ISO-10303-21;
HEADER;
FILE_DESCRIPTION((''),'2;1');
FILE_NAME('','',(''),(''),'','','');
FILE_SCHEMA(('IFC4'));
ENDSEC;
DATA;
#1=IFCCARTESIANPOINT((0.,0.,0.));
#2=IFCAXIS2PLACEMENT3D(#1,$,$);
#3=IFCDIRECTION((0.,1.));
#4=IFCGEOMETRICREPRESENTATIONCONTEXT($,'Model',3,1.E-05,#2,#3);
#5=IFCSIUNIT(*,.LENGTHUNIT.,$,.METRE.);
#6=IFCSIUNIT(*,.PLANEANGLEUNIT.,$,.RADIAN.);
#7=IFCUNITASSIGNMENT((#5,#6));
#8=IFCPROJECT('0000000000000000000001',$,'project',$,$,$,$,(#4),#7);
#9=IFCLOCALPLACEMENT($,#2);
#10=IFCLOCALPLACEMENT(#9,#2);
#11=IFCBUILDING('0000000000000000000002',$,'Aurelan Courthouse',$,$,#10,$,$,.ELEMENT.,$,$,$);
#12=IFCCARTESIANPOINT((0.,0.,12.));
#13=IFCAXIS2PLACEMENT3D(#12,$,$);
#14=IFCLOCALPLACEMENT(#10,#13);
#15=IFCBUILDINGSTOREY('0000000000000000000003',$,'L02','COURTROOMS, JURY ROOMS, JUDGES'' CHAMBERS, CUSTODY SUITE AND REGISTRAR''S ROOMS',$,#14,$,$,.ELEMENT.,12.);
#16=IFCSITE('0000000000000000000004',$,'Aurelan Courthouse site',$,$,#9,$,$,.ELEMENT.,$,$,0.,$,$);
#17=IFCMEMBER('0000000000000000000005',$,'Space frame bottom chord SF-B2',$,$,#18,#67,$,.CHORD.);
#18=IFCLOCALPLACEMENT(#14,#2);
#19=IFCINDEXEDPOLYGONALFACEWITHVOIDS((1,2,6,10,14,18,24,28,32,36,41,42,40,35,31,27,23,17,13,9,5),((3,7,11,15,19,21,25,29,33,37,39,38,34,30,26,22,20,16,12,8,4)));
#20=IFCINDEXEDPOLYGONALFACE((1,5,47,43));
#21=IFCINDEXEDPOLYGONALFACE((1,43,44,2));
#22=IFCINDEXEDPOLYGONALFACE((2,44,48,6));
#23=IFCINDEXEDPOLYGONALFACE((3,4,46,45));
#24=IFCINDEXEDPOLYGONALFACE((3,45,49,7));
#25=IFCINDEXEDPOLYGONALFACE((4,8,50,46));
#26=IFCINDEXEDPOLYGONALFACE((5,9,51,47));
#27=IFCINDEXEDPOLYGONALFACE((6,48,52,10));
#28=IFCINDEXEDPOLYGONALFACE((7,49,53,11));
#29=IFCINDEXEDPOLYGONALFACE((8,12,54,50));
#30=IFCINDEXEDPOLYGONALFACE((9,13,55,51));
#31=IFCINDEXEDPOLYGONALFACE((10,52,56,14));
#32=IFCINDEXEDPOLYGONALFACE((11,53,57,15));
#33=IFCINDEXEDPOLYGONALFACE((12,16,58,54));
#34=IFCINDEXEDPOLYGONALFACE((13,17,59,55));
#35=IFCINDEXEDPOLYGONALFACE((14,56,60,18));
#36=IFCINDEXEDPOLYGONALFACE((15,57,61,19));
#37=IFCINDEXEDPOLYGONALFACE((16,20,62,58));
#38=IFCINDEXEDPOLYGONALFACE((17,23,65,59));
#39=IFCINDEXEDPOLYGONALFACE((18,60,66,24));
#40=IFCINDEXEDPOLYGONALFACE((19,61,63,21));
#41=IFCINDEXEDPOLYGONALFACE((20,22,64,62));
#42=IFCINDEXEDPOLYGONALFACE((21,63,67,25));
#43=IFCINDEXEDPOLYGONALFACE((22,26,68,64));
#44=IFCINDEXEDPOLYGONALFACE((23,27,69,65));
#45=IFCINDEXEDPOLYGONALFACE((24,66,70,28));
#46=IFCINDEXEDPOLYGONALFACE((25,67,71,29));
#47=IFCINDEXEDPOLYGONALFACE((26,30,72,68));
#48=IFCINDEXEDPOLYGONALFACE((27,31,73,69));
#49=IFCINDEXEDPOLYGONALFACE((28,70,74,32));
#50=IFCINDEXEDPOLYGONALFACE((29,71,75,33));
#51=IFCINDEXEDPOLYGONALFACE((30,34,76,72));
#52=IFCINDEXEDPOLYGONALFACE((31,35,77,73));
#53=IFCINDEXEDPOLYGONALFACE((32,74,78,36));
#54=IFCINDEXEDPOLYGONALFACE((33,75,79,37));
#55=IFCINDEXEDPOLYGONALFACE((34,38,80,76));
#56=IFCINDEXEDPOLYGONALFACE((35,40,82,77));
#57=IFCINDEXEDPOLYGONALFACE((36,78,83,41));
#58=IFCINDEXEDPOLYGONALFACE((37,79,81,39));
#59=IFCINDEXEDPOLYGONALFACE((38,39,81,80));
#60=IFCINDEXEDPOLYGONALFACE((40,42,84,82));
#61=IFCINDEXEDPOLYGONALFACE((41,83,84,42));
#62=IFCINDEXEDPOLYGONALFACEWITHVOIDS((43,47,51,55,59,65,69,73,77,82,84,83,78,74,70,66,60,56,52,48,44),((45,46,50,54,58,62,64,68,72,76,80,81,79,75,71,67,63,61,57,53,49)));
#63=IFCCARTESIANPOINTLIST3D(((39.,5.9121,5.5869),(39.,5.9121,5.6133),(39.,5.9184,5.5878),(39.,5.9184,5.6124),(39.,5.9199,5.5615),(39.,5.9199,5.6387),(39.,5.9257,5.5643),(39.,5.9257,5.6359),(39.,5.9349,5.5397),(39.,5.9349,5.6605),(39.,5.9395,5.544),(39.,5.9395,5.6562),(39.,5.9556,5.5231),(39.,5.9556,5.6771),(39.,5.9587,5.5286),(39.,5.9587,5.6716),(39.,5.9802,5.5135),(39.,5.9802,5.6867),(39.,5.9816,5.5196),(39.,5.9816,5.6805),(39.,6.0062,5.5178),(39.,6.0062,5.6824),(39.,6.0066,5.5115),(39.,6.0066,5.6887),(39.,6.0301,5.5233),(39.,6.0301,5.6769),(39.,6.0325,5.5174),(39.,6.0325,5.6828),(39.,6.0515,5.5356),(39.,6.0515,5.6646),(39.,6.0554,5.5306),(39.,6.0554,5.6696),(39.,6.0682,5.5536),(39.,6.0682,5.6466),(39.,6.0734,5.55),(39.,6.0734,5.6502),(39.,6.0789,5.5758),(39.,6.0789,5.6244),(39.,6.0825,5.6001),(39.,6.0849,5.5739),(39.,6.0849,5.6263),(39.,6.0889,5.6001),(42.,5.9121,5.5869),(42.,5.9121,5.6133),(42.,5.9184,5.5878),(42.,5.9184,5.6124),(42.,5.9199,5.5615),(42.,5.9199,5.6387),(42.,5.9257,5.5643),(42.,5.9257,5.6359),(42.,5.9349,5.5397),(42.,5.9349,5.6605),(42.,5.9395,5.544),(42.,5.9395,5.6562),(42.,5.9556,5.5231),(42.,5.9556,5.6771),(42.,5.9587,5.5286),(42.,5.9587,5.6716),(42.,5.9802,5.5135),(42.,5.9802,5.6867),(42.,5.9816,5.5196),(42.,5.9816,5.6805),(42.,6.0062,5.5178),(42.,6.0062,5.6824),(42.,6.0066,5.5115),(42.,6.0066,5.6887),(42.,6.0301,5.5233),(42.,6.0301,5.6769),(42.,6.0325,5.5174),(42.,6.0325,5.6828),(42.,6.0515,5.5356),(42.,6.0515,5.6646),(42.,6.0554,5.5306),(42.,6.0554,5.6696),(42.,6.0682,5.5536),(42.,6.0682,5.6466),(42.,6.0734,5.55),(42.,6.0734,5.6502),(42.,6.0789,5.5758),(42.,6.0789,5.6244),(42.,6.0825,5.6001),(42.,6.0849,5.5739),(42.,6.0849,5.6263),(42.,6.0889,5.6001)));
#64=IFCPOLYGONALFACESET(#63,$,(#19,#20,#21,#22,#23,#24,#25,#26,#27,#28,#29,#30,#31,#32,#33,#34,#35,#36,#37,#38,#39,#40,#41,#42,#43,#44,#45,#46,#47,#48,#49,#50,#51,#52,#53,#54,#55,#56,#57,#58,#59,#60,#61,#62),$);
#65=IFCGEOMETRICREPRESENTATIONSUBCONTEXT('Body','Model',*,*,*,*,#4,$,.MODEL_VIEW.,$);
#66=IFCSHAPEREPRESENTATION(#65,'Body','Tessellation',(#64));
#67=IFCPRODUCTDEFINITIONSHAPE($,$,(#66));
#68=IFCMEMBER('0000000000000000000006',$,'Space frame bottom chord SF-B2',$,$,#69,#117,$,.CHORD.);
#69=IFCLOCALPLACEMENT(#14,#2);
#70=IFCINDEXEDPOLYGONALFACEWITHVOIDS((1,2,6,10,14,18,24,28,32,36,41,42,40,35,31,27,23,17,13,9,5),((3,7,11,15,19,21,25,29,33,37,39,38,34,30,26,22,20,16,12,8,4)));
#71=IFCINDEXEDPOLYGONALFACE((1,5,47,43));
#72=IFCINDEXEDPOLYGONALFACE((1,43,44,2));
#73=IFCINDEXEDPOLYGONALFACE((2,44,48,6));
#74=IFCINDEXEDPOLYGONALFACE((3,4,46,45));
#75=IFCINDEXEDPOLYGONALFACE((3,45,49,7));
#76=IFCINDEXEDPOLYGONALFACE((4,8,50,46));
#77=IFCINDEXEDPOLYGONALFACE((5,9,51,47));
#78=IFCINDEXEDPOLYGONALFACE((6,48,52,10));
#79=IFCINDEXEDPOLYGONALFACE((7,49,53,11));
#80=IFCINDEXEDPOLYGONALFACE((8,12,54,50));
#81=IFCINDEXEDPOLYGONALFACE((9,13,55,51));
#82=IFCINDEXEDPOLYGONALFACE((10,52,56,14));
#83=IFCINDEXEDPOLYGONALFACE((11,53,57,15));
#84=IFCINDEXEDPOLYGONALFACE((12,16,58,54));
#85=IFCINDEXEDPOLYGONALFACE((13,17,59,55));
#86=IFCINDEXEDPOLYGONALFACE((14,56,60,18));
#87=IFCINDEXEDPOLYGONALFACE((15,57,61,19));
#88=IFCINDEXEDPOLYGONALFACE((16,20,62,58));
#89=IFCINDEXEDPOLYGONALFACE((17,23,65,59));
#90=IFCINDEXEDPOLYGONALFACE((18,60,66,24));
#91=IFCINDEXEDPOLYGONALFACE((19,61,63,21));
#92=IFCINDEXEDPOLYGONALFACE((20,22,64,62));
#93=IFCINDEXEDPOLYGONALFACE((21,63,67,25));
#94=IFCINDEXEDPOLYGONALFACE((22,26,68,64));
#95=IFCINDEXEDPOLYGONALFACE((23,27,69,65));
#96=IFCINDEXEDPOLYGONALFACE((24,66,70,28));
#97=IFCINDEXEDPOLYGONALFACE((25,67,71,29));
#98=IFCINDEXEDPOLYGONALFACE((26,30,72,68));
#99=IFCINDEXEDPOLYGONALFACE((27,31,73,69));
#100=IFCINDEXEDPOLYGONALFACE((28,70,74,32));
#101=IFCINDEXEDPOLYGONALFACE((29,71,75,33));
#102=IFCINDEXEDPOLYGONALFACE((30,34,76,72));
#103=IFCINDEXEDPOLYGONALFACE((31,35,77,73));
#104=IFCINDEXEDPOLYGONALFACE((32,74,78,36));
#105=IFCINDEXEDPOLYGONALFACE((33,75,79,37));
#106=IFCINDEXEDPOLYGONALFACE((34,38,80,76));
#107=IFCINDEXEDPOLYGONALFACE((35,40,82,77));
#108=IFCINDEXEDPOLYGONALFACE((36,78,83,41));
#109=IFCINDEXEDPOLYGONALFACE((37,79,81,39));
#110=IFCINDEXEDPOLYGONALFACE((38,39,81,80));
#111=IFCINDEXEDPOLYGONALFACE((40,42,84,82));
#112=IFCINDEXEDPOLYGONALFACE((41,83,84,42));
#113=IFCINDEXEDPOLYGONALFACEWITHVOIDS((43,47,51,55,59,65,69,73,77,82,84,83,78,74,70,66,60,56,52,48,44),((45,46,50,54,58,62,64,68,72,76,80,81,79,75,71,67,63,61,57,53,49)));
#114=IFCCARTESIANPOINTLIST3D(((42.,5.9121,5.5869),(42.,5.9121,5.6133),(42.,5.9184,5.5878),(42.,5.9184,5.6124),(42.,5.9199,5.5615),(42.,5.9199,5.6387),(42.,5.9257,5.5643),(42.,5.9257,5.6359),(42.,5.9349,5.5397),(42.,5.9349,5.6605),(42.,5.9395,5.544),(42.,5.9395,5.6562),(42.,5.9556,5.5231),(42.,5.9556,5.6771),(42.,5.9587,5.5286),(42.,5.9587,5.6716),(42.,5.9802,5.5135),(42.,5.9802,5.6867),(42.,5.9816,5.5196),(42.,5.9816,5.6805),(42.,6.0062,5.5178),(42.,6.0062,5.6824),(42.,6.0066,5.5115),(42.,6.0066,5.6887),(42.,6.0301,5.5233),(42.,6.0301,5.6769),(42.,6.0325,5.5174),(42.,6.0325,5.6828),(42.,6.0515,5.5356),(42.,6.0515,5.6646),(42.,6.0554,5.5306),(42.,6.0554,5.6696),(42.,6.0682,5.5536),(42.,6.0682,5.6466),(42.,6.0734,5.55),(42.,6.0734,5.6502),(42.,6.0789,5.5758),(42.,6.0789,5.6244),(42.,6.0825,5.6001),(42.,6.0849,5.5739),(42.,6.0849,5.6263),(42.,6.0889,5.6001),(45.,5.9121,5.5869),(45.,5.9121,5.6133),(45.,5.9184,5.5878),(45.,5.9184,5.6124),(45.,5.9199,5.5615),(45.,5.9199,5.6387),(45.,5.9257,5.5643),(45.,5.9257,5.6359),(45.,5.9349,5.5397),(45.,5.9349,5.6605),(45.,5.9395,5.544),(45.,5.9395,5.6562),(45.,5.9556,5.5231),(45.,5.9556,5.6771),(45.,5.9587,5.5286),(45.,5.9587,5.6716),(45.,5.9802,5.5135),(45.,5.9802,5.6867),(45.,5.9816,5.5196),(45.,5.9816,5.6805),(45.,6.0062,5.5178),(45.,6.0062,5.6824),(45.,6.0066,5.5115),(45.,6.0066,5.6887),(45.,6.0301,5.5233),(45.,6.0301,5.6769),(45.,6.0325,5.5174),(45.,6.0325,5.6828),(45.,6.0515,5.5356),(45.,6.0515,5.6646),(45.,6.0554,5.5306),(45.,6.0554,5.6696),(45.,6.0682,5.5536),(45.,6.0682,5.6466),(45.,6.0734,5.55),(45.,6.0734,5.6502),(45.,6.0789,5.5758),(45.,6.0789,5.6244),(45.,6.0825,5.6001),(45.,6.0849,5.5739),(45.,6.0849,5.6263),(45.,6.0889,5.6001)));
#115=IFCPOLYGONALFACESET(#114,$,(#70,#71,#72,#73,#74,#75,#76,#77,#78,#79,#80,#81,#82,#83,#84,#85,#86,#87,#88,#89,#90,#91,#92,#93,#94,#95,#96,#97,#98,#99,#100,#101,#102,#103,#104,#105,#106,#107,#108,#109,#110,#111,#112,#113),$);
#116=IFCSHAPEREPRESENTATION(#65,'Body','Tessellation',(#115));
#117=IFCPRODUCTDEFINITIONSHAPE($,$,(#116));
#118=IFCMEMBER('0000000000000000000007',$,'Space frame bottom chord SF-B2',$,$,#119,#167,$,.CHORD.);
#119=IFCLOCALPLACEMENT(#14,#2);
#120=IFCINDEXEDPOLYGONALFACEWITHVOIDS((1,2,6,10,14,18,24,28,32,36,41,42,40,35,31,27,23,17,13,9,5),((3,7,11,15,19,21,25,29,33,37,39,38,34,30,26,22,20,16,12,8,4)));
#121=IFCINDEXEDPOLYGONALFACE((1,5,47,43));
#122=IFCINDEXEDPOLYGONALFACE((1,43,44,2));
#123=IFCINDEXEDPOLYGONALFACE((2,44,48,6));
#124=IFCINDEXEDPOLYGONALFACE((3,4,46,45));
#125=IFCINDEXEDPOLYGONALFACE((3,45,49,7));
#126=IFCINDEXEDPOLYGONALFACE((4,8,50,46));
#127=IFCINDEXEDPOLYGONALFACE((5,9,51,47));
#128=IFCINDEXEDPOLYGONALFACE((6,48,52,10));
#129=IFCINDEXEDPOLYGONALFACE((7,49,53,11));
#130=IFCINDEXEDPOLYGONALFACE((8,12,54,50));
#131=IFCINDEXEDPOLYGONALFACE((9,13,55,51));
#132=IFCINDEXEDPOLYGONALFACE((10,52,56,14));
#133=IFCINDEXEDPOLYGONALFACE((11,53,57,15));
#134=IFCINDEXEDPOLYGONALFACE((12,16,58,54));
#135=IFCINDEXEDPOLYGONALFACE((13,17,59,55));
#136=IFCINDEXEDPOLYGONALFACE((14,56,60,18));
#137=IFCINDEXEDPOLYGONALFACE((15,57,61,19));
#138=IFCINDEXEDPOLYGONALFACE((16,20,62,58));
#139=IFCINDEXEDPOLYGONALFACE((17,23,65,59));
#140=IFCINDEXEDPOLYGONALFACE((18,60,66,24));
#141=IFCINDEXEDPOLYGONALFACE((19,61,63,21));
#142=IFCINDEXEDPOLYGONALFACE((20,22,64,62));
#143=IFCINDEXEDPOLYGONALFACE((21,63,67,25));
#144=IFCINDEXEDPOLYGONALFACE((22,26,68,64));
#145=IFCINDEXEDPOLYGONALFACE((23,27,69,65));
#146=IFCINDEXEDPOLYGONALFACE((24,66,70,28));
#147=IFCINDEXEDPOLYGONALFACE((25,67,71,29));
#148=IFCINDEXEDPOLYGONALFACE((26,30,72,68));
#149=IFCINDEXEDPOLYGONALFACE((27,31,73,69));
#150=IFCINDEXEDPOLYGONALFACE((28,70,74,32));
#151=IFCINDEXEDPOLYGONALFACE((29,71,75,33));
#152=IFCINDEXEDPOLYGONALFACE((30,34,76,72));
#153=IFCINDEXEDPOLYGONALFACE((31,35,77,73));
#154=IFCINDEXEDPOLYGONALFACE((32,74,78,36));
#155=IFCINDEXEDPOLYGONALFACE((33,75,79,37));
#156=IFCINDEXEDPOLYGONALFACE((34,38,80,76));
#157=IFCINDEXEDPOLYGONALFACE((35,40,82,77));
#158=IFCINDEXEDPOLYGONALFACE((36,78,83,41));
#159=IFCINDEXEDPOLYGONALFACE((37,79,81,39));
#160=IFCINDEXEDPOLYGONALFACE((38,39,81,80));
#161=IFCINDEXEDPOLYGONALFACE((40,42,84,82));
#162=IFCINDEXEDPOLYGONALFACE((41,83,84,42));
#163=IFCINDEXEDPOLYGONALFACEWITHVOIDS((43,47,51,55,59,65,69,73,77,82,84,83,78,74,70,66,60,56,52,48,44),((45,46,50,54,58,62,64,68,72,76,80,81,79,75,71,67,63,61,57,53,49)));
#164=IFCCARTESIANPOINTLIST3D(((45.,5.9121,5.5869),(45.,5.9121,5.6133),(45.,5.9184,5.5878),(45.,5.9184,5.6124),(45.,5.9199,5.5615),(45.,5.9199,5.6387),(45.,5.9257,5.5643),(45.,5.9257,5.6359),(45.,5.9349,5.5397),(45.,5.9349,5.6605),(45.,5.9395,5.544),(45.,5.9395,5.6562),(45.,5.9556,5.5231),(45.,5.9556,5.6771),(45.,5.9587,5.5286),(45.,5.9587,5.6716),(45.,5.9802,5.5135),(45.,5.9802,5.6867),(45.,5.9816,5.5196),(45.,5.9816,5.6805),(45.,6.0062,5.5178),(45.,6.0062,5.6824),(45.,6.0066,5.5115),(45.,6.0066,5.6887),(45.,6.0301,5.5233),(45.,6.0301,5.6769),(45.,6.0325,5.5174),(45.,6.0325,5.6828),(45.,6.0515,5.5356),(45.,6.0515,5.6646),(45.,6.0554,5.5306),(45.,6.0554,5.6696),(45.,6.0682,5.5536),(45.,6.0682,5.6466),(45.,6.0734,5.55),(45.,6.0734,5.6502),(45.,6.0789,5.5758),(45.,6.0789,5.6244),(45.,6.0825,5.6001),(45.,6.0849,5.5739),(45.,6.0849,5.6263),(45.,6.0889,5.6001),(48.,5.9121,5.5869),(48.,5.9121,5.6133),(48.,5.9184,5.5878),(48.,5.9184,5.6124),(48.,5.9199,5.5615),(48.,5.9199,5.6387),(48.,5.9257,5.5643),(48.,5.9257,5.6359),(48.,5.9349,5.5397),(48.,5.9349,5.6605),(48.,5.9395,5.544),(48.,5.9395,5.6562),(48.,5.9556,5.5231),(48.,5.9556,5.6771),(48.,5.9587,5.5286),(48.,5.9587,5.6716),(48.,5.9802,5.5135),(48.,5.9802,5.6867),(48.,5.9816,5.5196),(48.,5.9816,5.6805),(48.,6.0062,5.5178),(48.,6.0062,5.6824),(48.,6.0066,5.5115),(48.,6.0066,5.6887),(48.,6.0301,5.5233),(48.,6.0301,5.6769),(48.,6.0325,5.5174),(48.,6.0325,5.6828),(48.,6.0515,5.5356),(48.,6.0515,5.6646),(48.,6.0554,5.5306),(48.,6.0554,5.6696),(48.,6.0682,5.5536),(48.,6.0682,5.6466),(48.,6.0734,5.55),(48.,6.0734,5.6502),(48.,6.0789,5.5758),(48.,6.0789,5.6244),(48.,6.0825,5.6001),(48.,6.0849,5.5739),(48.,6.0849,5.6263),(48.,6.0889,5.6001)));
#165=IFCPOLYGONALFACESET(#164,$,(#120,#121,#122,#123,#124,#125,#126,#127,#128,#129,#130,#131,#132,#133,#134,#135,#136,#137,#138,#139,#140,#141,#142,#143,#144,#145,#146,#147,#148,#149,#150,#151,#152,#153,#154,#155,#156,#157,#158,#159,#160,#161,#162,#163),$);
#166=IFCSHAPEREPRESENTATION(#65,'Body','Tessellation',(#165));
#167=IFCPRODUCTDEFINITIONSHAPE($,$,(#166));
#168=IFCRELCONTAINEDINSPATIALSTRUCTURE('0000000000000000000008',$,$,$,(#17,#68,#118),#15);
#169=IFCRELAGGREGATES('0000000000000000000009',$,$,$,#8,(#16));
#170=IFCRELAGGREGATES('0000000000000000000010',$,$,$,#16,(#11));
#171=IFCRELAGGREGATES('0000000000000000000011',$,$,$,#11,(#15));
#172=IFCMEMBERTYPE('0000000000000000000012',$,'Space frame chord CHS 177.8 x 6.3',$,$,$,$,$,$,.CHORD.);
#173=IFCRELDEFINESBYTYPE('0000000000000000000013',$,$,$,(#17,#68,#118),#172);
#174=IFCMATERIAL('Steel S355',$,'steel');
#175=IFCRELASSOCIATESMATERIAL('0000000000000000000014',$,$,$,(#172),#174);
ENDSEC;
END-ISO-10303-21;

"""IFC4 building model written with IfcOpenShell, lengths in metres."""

from ifc_helpers import new_model, si_unit, direction, frame, origin, origin_2d, place, context, subcontext, project, spatial, hollow_circle, extrude, material, material_profile, profile_set, type_object, element, save


model = new_model("IFC4")

# Units and contexts
model_context = context("Model", 3, precision=1e-05, world=origin(), true_north=direction((0.0, 1.0)))
body_context = subcontext(model_context, "Body", "Model", "MODEL_VIEW")
ifc_project = project(units=[si_unit("LENGTHUNIT", "METRE"), si_unit("PLANEANGLEUNIT", "RADIAN")], contexts=[model_context])

# Site, building, storey
site_placement = place(None, origin())
site = spatial("IfcSite", under=ifc_project, at=site_placement, Name="Aurelan Courthouse site", CompositionType="ELEMENT", RefElevation=0.0)
building_placement = place(site_placement, origin())
building = spatial("IfcBuilding", under=site, at=building_placement, Name="Aurelan Courthouse", CompositionType="ELEMENT")
storey_placement = place(building_placement, frame((0.0, 0.0, 12.0)))
storey = spatial("IfcBuildingStorey", under=building, at=storey_placement, Name="L02", Description="COURTROOMS, JURY ROOMS, JUDGES' CHAMBERS, CUSTODY SUITE AND REGISTRAR'S ROOMS", CompositionType="ELEMENT", Elevation=12.0)

# Members
ifc_material_1 = material(Name="Steel S355", Category="steel")
ifc_material_profile_1 = material_profile(ifc_material_1, hollow_circle(Radius=0.0889, WallThickness=0.0063, at=origin_2d()), Name="CHS 177.8 x 6.3")
ifc_profile_set_1 = profile_set([ifc_material_profile_1], Name="Steel S355")
member_type_1 = type_object("IfcMemberType", Name="Space frame chord CHS 177.8 x 6.3", PredefinedType="CHORD", material=ifc_profile_set_1)
for number, where, z_axis, x_axis, name in (
    (1, (39.0, 6.0, 5.6001), (1.0, 0.0, 0.0), (0.0, 1.0, 0.0), "Space frame bottom chord SF-B2"),
    (2, (42.0, 6.0, 5.6001), (1.0, 0.0, 0.0), (0.0, 1.0, 0.0), "Space frame bottom chord SF-B2"),
    (3, (45.0, 6.0, 5.6001), (1.0, 0.0, 0.0), (0.0, 1.0, 0.0), "Space frame bottom chord SF-B2"),
):
    element("IfcMember", number, at=place(storey_placement, frame(where, z_axis=z_axis, x_axis=x_axis)), inside=storey, type_object=member_type_1, Name=name, PredefinedType="CHORD", context=body_context, shape_type="SweptSolid", body=[
        extrude(hollow_circle(Radius=0.0889, WallThickness=0.0063, at=origin_2d()), origin(), (0.0, 0.0, 1.0), 3.0),
    ])

save(model, "model.ifc")
